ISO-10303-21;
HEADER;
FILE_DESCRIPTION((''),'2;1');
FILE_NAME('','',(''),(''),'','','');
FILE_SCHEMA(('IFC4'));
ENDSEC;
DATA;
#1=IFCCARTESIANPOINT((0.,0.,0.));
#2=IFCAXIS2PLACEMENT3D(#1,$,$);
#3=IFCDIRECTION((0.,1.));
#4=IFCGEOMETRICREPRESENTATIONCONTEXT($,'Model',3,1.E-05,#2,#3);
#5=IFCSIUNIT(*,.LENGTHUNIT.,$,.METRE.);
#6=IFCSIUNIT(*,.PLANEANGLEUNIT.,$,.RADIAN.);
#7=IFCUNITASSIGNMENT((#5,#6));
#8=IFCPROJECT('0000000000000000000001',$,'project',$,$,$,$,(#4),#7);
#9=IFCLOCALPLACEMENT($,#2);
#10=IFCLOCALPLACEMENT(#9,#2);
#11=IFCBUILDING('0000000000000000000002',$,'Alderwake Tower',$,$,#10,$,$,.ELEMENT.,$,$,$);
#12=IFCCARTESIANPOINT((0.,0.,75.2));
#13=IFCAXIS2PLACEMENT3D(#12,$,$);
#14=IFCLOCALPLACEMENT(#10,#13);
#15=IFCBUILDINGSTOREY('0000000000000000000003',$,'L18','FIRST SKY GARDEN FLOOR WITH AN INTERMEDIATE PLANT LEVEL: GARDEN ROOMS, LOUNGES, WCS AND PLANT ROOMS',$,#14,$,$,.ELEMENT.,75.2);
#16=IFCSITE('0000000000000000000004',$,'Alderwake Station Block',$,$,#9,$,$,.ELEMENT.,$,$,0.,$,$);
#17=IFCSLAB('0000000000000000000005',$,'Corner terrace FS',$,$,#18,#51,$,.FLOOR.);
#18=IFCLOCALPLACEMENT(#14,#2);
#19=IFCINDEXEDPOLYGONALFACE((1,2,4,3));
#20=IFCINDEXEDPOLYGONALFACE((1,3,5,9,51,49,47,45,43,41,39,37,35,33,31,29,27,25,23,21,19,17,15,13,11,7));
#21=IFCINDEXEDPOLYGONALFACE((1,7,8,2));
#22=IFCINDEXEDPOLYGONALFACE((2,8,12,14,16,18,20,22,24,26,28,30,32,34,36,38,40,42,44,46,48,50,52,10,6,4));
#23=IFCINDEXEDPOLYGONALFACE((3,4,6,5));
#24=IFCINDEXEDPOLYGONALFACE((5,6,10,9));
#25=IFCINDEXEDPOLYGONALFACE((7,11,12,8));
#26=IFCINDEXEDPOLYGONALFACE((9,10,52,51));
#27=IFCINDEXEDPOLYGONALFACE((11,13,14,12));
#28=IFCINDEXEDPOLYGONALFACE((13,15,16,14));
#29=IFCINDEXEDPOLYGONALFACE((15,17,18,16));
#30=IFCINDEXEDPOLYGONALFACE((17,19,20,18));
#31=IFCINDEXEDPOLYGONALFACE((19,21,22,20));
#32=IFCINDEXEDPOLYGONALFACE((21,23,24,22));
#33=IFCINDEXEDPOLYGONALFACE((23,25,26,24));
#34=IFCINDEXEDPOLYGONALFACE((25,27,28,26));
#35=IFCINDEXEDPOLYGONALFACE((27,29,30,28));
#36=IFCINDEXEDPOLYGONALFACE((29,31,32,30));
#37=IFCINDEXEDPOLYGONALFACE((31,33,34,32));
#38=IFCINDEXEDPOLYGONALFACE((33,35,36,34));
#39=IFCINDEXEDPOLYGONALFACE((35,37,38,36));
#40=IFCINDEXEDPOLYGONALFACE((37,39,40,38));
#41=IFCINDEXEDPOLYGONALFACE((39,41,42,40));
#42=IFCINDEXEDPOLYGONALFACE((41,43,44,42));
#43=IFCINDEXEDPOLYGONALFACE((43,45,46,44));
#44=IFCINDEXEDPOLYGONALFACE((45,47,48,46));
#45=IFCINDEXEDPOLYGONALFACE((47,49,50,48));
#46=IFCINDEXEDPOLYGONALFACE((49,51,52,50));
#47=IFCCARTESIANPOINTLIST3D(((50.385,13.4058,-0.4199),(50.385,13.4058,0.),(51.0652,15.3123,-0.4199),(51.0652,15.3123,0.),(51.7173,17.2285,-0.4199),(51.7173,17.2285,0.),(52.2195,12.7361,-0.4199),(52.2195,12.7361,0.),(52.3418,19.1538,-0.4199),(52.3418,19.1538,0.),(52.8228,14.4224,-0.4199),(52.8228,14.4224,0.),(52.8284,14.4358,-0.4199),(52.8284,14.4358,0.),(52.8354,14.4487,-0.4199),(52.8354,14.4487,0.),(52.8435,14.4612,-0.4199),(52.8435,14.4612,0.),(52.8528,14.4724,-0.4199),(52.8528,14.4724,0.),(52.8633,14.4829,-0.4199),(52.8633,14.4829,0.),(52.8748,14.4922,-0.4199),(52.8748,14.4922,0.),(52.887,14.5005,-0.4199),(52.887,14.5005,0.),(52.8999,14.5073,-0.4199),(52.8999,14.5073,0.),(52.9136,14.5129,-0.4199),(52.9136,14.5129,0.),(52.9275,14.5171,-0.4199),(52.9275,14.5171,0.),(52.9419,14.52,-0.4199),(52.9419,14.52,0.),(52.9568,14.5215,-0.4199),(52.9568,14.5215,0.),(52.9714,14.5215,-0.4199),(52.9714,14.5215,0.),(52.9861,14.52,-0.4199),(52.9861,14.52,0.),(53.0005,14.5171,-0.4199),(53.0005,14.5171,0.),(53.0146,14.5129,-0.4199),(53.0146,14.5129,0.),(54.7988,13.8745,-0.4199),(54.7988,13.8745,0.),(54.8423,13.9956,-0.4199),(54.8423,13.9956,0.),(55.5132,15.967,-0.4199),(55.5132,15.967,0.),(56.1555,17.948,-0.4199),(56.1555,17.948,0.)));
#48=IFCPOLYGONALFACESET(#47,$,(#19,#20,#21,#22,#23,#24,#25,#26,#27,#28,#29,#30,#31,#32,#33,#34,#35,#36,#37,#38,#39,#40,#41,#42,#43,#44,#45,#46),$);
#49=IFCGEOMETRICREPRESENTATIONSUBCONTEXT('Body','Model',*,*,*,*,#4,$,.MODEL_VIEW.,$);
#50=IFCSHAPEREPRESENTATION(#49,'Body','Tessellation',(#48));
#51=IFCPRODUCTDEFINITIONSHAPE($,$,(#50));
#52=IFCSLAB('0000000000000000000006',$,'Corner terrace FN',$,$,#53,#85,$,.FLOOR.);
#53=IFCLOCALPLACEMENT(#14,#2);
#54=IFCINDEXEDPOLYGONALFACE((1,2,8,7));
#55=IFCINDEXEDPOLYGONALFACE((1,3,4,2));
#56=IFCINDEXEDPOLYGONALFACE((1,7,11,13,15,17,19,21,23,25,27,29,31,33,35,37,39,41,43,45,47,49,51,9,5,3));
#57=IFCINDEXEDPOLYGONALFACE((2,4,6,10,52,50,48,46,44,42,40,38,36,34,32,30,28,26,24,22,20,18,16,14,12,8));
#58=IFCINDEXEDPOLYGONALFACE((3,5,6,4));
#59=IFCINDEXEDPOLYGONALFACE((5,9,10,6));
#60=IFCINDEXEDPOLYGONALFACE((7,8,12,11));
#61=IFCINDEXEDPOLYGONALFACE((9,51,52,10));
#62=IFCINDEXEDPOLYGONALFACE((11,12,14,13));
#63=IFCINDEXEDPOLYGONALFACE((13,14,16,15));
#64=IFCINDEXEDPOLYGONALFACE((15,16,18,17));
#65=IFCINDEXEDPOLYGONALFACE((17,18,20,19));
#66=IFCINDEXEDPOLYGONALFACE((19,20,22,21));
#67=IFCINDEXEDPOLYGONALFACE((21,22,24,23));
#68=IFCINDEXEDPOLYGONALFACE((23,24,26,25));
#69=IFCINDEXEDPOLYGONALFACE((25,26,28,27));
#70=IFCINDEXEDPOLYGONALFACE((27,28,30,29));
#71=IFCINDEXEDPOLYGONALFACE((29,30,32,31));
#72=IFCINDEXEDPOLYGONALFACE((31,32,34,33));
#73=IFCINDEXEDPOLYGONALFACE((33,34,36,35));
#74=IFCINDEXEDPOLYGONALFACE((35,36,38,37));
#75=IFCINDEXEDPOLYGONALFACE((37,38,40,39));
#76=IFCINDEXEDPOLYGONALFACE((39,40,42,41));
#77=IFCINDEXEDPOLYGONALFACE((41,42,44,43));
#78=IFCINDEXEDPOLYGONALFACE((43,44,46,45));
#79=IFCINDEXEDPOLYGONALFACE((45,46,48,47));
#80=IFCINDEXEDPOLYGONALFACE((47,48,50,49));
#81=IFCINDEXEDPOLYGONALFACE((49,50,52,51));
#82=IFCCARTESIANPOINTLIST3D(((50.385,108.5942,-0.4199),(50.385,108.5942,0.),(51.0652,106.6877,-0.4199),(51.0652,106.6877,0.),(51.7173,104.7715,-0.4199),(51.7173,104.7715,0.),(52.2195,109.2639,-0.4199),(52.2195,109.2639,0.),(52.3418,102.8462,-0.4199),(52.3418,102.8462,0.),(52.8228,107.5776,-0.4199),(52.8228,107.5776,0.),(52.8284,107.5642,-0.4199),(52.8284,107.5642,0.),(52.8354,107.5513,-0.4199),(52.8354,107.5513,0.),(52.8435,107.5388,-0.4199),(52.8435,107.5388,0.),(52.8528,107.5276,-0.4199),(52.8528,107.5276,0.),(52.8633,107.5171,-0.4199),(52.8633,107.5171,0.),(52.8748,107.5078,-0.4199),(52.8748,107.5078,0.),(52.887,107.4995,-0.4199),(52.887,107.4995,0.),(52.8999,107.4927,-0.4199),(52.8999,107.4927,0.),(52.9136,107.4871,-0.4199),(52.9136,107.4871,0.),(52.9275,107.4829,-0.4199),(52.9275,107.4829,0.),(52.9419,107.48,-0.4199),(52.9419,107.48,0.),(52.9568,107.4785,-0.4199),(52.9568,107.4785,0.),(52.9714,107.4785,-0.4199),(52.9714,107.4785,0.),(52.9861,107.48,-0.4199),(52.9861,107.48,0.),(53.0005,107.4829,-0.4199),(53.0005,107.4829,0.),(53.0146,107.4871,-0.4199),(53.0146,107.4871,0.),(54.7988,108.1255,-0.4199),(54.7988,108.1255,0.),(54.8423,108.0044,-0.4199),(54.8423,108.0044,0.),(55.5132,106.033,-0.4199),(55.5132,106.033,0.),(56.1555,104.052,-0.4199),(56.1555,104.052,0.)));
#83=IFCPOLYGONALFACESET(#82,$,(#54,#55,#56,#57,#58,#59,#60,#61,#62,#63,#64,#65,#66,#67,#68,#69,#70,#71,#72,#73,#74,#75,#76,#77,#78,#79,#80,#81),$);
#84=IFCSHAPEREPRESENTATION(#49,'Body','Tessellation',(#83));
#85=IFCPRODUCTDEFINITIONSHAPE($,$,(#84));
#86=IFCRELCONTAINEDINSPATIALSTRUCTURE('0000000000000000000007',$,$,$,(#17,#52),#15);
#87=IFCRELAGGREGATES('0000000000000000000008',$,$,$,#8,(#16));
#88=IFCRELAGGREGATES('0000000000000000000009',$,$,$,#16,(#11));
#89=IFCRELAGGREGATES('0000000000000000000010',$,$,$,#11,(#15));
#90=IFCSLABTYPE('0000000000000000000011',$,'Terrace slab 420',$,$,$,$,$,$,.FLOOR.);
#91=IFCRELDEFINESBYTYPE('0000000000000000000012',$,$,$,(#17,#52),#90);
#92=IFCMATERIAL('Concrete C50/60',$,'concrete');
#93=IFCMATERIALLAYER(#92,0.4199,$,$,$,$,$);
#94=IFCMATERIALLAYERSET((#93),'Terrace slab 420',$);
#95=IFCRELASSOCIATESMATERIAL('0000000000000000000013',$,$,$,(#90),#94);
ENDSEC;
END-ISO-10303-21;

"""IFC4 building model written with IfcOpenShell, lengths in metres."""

from ifc_helpers import new_model, si_unit, direction, frame, origin, place, context, subcontext, project, spatial, polyline, outline, extrude, material, layer, layer_set, type_object, element, save


model = new_model("IFC4")

# Units and contexts
model_context = context("Model", 3, precision=1e-05, world=origin(), true_north=direction((0.0, 1.0)))
body_context = subcontext(model_context, "Body", "Model", "MODEL_VIEW")
ifc_project = project(units=[si_unit("LENGTHUNIT", "METRE"), si_unit("PLANEANGLEUNIT", "RADIAN")], contexts=[model_context])

# Site, building, storey
site_placement = place(None, origin())
site = spatial("IfcSite", under=ifc_project, at=site_placement, Name="Alderwake Station Block", CompositionType="ELEMENT", RefElevation=0.0)
building_placement = place(site_placement, origin())
building = spatial("IfcBuilding", under=site, at=building_placement, Name="Alderwake Tower", CompositionType="ELEMENT")
storey_placement = place(building_placement, frame((0.0, 0.0, 75.2)))
storey = spatial("IfcBuildingStorey", under=building, at=storey_placement, Name="L18", Description="FIRST SKY GARDEN FLOOR WITH AN INTERMEDIATE PLANT LEVEL: GARDEN ROOMS, LOUNGES, WCS AND PLANT ROOMS", CompositionType="ELEMENT", Elevation=75.2)

# Slabs
ifc_material_1 = material(Name="Concrete C50/60", Category="concrete")
ifc_layer_1 = layer(ifc_material_1, 0.4199)
ifc_layer_set_1 = layer_set([ifc_layer_1], Name="Terrace slab 420")
slab_type_1 = type_object("IfcSlabType", Name="Terrace slab 420", PredefinedType="FLOOR", material=ifc_layer_set_1)
slab_1_placement = place(storey_placement, frame((0.0, 0.0, -0.4199)))
element("IfcSlab", 1, at=slab_1_placement, inside=storey, type_object=slab_type_1, Name="Corner terrace FS", PredefinedType="FLOOR", context=body_context, shape_type="SweptSolid", body=[
    extrude(outline(polyline([(54.8423, 13.9956), (54.7988, 13.8745), (53.0146, 14.5129), (53.0005, 14.5171), (52.9861, 14.52), (52.9714, 14.5215), (52.9568, 14.5215), (52.9419, 14.52), (52.9275, 14.5171), (52.9136, 14.5129), (52.8999, 14.5073), (52.887, 14.5005), (52.8748, 14.4922), (52.8633, 14.4829), (52.8528, 14.4724), (52.8435, 14.4612), (52.8354, 14.4487), (52.8284, 14.4358), (52.8228, 14.4224), (52.2195, 12.7361), (50.385, 13.4058), (51.0652, 15.3123), (51.7173, 17.2285), (52.3418, 19.1538), (56.1555, 17.948), (55.5132, 15.967), (54.8423, 13.9956)])), origin(), (0.0, 0.0, 1.0), 0.4199),
])
slab_2_placement = place(storey_placement, frame((0.0, 0.0, -0.4199)))
element("IfcSlab", 2, at=slab_2_placement, inside=storey, type_object=slab_type_1, Name="Corner terrace FN", PredefinedType="FLOOR", context=body_context, shape_type="SweptSolid", body=[
    extrude(outline(polyline([(54.8423, 108.0044), (55.5132, 106.033), (56.1555, 104.052), (52.3418, 102.8462), (51.7173, 104.7715), (51.0652, 106.6877), (50.385, 108.5942), (52.2195, 109.2639), (52.8228, 107.5776), (52.8284, 107.5642), (52.8354, 107.5513), (52.8435, 107.5388), (52.8528, 107.5276), (52.8633, 107.5171), (52.8748, 107.5078), (52.887, 107.4995), (52.8999, 107.4927), (52.9136, 107.4871), (52.9275, 107.4829), (52.9419, 107.48), (52.9568, 107.4785), (52.9714, 107.4785), (52.9861, 107.48), (53.0005, 107.4829), (53.0146, 107.4871), (54.7988, 108.1255), (54.8423, 108.0044)])), origin(), (0.0, 0.0, 1.0), 0.4199),
])

save(model, "model.ifc")
